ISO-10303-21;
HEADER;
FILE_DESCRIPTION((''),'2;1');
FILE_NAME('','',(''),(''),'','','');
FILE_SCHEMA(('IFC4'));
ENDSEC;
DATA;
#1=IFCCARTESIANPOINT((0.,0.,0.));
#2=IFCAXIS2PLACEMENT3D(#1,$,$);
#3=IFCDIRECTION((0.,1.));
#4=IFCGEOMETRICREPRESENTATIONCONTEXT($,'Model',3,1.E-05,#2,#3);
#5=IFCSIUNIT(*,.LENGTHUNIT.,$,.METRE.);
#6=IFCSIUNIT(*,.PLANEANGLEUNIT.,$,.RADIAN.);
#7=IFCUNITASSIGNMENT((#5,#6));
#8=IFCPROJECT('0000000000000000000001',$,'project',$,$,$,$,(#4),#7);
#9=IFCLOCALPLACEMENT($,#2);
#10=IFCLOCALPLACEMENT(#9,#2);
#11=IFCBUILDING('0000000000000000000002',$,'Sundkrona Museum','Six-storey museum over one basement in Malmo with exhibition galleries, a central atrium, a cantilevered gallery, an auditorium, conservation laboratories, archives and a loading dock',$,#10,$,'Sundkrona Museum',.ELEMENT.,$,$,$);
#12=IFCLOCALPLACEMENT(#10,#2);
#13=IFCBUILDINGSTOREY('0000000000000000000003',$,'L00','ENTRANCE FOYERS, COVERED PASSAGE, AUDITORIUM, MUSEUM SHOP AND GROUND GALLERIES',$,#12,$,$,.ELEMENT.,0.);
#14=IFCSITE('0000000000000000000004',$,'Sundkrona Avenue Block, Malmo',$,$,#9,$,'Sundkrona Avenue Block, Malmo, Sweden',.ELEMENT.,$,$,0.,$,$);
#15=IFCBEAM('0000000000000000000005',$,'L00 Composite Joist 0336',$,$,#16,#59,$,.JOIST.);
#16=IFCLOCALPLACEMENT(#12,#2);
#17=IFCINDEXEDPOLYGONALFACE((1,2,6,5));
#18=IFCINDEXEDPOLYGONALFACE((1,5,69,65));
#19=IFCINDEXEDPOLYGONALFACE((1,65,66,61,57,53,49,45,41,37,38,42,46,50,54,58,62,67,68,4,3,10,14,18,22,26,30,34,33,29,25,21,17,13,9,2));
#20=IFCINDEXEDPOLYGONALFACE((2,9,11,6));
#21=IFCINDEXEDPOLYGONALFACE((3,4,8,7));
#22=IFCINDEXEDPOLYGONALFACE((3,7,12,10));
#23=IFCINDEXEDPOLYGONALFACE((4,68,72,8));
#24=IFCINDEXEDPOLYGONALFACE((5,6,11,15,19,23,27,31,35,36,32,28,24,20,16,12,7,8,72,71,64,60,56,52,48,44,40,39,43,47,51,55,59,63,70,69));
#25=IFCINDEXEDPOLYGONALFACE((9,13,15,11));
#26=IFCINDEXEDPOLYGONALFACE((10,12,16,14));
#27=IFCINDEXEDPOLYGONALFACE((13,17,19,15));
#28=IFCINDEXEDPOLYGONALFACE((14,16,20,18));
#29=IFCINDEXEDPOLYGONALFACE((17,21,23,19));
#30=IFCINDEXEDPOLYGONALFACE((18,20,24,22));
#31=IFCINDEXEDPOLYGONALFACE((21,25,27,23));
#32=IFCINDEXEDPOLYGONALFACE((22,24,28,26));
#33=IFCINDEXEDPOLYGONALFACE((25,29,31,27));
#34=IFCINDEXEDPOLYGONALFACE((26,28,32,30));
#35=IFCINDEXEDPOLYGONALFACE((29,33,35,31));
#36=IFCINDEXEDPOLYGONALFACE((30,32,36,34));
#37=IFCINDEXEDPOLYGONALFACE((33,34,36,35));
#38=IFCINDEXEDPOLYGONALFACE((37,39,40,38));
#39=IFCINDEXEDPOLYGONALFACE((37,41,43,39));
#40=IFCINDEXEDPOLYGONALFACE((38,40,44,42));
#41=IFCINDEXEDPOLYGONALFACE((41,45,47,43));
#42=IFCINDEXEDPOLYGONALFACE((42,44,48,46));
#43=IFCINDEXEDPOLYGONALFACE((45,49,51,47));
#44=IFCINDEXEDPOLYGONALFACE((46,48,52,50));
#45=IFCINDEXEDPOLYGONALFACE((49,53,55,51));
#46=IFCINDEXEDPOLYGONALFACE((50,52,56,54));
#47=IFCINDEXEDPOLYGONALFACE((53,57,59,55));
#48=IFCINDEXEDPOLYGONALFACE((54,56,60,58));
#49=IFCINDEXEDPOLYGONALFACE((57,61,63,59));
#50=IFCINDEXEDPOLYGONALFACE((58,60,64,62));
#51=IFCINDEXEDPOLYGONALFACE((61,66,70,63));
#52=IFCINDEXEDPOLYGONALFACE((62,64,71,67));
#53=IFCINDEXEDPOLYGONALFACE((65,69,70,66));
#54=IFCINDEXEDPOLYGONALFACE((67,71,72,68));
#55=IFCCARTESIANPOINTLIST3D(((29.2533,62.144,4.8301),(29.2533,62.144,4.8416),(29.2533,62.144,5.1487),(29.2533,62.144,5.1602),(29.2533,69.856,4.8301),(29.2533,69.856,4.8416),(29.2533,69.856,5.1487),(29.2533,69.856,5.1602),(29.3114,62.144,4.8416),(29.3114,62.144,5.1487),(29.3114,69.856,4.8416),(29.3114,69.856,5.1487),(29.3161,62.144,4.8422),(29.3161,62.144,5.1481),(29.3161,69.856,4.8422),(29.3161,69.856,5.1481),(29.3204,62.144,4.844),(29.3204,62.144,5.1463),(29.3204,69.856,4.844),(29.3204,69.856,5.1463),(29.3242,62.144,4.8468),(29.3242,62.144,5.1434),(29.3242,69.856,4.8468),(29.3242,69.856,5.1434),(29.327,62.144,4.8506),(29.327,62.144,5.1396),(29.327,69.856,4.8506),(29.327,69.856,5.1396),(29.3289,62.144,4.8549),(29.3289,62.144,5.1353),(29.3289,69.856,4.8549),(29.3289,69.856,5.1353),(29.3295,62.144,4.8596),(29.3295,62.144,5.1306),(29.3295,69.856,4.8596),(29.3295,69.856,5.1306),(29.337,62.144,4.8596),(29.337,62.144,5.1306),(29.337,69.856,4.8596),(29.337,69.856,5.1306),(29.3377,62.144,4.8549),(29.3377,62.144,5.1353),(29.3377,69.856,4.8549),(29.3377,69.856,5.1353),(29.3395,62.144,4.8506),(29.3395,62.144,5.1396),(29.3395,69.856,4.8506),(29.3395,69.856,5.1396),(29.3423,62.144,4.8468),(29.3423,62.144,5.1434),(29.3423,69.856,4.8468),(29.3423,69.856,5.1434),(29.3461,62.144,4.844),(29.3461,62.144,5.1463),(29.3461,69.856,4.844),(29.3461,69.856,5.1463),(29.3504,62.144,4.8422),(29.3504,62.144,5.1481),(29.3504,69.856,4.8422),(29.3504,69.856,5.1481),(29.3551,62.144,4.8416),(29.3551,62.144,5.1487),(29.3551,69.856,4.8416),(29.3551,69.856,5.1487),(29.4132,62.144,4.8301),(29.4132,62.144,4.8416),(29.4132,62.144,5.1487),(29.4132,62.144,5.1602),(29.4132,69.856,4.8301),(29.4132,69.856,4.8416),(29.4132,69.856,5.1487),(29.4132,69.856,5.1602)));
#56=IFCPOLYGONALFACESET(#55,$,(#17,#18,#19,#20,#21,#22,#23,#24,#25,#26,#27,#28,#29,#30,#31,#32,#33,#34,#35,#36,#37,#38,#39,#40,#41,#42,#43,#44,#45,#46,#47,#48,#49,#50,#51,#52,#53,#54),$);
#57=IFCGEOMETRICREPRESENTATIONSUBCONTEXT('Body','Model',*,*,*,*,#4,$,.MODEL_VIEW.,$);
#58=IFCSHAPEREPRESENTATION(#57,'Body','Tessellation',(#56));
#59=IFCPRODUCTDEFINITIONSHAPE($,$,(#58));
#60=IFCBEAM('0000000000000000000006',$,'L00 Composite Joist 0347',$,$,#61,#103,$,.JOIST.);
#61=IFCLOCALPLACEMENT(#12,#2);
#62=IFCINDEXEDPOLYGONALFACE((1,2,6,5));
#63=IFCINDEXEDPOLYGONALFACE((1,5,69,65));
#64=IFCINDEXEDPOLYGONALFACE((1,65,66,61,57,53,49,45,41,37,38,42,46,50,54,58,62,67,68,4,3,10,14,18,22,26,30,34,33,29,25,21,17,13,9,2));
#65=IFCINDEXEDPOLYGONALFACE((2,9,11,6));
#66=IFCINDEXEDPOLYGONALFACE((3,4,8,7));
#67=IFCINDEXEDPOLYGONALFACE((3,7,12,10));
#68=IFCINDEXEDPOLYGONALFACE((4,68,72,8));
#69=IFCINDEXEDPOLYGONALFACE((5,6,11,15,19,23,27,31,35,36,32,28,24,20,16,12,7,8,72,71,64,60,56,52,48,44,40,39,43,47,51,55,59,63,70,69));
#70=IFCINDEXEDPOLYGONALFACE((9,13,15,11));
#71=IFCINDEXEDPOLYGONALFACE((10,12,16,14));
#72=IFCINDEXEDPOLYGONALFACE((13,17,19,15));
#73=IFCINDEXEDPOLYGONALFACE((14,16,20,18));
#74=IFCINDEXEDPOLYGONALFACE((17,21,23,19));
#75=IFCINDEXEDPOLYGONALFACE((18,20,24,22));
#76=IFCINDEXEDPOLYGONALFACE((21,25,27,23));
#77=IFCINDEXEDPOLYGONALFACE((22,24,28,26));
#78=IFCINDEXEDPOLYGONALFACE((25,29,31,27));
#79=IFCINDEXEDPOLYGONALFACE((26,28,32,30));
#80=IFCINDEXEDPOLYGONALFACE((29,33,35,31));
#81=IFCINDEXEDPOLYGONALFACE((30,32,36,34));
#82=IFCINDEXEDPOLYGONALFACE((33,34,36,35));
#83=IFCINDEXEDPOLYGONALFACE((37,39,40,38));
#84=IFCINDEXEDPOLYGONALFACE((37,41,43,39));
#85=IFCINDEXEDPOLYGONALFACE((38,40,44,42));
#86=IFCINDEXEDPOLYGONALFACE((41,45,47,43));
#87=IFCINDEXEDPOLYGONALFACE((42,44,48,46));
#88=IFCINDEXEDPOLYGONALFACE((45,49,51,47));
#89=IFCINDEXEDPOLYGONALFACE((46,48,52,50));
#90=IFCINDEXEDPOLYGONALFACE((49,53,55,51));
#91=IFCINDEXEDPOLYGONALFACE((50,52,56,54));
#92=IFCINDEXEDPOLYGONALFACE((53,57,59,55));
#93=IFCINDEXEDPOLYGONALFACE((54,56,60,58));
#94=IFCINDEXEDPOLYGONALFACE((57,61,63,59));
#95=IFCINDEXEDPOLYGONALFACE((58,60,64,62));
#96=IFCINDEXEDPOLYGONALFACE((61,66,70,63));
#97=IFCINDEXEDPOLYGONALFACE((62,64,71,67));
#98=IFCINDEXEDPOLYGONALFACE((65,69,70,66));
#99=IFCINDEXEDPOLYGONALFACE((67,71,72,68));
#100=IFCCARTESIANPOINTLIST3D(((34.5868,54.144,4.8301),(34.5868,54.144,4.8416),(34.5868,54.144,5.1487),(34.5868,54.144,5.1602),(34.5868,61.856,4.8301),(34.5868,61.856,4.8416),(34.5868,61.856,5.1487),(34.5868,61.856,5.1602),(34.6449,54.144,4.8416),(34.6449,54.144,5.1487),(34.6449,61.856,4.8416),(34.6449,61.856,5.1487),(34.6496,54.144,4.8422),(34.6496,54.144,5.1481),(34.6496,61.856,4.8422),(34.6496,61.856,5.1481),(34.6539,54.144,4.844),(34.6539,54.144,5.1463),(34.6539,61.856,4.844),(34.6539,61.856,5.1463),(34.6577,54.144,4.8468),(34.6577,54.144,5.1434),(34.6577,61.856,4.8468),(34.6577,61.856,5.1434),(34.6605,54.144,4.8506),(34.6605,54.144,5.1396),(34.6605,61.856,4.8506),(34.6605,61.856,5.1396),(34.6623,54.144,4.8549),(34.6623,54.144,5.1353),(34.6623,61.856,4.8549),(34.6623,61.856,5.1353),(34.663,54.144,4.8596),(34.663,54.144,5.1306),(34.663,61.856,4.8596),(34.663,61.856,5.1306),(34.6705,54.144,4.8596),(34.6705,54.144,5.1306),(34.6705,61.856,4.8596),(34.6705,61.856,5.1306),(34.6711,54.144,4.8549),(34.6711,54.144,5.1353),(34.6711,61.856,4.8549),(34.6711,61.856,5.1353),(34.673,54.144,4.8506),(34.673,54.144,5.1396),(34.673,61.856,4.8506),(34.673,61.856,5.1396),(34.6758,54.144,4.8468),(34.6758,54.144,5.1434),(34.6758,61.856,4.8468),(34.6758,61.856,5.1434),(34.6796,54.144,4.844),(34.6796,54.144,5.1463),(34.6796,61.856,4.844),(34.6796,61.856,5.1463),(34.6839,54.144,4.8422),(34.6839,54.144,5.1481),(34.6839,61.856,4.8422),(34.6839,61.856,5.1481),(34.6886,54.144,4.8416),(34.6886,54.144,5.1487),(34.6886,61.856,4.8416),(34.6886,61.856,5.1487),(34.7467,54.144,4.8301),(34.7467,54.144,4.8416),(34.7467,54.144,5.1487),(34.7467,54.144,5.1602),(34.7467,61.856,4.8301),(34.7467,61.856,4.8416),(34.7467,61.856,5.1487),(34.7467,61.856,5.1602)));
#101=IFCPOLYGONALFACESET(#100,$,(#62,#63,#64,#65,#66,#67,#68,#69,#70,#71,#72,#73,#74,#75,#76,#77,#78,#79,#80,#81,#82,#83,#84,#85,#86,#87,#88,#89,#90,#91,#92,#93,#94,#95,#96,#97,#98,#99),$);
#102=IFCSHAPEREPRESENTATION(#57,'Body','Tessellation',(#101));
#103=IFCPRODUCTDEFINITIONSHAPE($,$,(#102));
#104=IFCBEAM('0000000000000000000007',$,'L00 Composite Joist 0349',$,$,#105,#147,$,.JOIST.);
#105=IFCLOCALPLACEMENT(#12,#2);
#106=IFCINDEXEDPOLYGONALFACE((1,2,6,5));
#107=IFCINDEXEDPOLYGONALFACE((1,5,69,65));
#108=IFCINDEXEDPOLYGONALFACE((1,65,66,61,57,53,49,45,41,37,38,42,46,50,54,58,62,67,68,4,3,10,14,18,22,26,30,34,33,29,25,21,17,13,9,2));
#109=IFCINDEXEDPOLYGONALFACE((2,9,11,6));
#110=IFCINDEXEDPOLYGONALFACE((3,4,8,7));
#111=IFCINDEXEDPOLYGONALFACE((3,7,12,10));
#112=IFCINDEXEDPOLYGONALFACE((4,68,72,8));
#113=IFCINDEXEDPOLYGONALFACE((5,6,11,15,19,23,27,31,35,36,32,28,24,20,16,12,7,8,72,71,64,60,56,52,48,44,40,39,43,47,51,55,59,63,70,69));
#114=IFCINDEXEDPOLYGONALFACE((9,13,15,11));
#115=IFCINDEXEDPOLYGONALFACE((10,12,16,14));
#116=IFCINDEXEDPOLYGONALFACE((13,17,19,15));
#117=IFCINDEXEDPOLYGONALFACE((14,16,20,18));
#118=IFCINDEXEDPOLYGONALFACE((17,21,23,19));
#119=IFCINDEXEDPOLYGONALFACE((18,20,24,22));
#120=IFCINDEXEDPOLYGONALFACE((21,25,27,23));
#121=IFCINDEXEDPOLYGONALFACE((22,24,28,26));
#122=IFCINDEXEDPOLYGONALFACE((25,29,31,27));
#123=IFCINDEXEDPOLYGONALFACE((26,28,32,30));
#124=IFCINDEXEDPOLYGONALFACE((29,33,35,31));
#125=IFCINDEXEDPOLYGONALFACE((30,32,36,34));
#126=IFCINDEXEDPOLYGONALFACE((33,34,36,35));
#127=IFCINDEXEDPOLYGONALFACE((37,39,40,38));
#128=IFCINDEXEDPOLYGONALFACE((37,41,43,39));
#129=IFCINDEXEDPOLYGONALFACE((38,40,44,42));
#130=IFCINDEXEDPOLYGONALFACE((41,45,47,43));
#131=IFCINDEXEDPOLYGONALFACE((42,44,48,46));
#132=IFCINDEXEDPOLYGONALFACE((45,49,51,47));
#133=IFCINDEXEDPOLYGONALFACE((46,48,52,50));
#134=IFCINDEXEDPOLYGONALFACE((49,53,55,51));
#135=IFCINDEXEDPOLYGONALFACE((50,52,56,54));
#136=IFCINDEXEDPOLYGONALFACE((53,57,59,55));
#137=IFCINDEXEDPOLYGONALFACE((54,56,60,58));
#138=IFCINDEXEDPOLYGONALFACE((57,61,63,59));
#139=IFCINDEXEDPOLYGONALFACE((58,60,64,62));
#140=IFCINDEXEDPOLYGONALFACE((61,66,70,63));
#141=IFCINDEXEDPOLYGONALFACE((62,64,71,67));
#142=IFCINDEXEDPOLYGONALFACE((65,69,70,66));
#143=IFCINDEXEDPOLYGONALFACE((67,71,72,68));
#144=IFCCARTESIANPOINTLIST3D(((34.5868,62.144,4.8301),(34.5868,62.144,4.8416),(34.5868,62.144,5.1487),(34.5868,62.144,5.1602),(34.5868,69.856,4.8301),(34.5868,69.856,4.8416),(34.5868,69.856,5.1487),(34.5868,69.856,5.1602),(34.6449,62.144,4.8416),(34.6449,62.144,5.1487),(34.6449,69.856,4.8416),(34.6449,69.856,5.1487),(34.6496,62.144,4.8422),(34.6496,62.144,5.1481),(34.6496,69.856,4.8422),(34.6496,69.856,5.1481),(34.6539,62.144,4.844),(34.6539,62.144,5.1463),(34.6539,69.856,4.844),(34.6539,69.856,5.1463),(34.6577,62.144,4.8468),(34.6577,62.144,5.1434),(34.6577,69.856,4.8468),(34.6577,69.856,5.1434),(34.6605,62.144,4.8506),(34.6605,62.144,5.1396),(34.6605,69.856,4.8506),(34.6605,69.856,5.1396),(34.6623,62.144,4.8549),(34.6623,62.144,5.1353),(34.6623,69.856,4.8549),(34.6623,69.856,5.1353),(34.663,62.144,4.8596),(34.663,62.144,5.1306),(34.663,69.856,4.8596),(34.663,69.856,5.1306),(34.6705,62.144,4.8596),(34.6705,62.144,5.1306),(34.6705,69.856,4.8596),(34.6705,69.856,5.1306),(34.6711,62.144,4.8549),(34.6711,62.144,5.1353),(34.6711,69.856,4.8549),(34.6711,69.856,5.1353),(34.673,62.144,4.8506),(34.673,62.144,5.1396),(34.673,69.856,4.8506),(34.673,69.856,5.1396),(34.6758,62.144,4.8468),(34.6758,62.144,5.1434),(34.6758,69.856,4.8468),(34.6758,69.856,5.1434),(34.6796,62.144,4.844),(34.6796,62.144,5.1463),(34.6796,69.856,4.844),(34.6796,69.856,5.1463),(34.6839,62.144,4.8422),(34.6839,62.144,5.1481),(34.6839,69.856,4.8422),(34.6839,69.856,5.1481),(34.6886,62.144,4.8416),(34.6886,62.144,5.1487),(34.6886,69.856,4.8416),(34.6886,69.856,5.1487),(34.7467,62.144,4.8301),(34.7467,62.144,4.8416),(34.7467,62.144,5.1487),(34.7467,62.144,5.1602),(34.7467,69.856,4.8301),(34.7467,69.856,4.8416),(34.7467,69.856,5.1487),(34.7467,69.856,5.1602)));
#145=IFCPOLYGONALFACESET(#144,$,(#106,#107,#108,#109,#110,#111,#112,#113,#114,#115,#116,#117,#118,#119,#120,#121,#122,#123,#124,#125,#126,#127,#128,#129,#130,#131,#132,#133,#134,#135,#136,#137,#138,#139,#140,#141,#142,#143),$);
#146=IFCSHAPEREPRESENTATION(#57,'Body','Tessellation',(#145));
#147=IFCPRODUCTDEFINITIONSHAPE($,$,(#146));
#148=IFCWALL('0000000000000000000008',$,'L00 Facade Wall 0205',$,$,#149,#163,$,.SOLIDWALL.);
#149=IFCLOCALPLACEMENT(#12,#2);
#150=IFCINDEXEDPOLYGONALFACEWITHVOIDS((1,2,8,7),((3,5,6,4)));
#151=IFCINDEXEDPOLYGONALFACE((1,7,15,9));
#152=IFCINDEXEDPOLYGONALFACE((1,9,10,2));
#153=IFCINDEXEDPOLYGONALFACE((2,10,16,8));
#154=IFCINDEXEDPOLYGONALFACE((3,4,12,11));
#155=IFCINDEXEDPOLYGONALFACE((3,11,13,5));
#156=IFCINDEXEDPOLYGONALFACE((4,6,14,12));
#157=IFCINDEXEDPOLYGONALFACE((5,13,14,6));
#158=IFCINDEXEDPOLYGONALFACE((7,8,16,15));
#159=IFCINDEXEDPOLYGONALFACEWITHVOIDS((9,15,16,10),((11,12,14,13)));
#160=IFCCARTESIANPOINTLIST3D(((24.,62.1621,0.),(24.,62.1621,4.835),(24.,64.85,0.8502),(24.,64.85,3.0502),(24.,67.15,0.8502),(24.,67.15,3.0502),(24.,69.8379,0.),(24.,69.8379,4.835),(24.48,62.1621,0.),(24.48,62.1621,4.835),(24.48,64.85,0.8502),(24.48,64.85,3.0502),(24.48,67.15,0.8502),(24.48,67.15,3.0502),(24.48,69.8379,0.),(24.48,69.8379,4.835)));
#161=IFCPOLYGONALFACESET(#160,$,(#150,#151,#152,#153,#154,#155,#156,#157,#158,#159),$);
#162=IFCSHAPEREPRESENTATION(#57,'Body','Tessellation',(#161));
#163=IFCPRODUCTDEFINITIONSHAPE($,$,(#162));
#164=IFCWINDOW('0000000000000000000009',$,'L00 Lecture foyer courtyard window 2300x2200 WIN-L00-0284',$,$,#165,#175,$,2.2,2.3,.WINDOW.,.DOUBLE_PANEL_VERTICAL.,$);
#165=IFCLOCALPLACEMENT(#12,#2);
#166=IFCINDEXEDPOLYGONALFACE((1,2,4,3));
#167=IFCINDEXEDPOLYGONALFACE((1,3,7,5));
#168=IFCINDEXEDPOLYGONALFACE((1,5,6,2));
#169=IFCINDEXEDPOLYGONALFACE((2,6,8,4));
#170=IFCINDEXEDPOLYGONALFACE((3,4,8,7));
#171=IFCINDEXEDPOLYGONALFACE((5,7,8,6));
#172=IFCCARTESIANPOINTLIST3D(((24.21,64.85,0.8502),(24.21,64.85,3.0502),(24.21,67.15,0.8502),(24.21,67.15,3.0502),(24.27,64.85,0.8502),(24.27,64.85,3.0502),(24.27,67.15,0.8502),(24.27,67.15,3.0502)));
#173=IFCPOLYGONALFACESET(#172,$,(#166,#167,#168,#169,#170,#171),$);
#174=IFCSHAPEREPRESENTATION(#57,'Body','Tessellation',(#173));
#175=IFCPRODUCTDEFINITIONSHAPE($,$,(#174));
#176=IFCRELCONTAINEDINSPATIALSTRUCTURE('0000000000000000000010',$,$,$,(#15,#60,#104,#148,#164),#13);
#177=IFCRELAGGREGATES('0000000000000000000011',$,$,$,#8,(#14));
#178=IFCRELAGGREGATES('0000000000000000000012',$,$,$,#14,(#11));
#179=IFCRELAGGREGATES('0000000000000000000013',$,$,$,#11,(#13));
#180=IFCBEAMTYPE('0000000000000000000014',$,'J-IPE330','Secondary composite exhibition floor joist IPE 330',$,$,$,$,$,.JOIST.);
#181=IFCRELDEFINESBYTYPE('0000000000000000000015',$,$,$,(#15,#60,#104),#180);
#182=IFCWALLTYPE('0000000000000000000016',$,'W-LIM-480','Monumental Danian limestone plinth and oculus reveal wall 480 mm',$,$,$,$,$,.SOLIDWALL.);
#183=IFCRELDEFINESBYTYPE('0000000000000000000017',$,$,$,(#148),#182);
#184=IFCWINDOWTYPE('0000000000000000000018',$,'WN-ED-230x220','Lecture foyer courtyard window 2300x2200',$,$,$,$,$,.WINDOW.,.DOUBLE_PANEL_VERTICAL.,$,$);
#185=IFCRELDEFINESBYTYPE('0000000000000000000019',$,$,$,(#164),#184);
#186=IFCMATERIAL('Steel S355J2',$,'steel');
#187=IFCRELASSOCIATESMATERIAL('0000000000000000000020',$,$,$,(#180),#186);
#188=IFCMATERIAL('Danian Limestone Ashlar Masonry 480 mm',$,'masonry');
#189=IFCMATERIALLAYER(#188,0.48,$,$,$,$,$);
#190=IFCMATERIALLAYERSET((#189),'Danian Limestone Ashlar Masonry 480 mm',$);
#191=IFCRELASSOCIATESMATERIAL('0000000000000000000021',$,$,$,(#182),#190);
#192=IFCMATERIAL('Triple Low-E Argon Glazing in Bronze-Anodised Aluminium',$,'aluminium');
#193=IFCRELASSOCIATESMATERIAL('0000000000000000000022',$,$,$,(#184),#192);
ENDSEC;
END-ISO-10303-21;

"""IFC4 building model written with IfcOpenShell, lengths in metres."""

from ifc_helpers import new_model, si_unit, direction, frame, frame_2d, origin, origin_2d, place, context, subcontext, project, spatial, rectangle, i_section, extrude, material, layer, layer_set, material_profile, profile_set, type_object, element, fill, save


model = new_model("IFC4")

# Units and contexts
model_context = context("Model", 3, precision=1e-05, world=origin(), true_north=direction((0.0, 1.0)))
body_context = subcontext(model_context, "Body", "Model", "MODEL_VIEW")
ifc_project = project(units=[si_unit("LENGTHUNIT", "METRE"), si_unit("PLANEANGLEUNIT", "RADIAN")], contexts=[model_context])

# Site, building, storey
site_placement = place(None, origin())
site = spatial("IfcSite", under=ifc_project, at=site_placement, Name="Sundkrona Avenue Block, Malmo", LongName="Sundkrona Avenue Block, Malmo, Sweden", CompositionType="ELEMENT", RefElevation=0.0)
building_placement = place(site_placement, origin())
building = spatial("IfcBuilding", under=site, at=building_placement, Name="Sundkrona Museum", Description="Six-storey museum over one basement in Malmo with exhibition galleries, a central atrium, a cantilevered gallery, an auditorium, conservation laboratories, archives and a loading dock", LongName="Sundkrona Museum", CompositionType="ELEMENT")
storey_placement = place(building_placement, origin())
storey = spatial("IfcBuildingStorey", under=building, at=storey_placement, Name="L00", Description="ENTRANCE FOYERS, COVERED PASSAGE, AUDITORIUM, MUSEUM SHOP AND GROUND GALLERIES", CompositionType="ELEMENT", Elevation=0.0)

# Shared definitions
ifc_material_1 = material(Name="Steel S355J2", Category="steel")

# Beams
ifc_material_profile_1 = material_profile(ifc_material_1, i_section(OverallWidth=0.1599, OverallDepth=0.3301, WebThickness=0.0076, FlangeThickness=0.0115, FilletRadius=0.0181, at=origin_2d()), Name="IPE 330")
ifc_profile_set_1 = profile_set([ifc_material_profile_1], Name="Steel S355J2")
beam_type_1 = type_object("IfcBeamType", Name="J-IPE330", Description="Secondary composite exhibition floor joist IPE 330", PredefinedType="JOIST", material=ifc_profile_set_1)
for number, where, z_axis, x_axis, name in (
    (1, (29.3333, 62.144, 4.9951), (0.0, 1.0, 0.0), (-1.0, 0.0, 0.0), "L00 Composite Joist 0336"),
    (2, (34.6667, 54.144, 4.9951), (0.0, 1.0, 0.0), (-1.0, 0.0, 0.0), "L00 Composite Joist 0347"),
    (3, (34.6667, 62.144, 4.9951), (0.0, 1.0, 0.0), (-1.0, 0.0, 0.0), "L00 Composite Joist 0349"),
):
    element("IfcBeam", number, at=place(storey_placement, frame(where, z_axis=z_axis, x_axis=x_axis)), inside=storey, type_object=beam_type_1, Name=name, PredefinedType="JOIST", context=body_context, shape_type="SweptSolid", body=[
        extrude(i_section(OverallWidth=0.1599, OverallDepth=0.3301, WebThickness=0.0076, FlangeThickness=0.0115, FilletRadius=0.0181, at=origin_2d()), origin(), (0.0, 0.0, 1.0), 7.7119),
    ])

# Wall, opening, window
ifc_material_2 = material(Name="Danian Limestone Ashlar Masonry 480 mm", Category="masonry")
ifc_layer = layer(ifc_material_2, 0.48)
ifc_layer_set = layer_set([ifc_layer], Name="Danian Limestone Ashlar Masonry 480 mm")
wall_type = type_object("IfcWallType", Name="W-LIM-480", Description="Monumental Danian limestone plinth and oculus reveal wall 480 mm", PredefinedType="SOLIDWALL", material=ifc_layer_set)
wall_placement = place(storey_placement, frame((24.24, 62.1621, 0.0), z_axis=(0.0, 0.0, 1.0), x_axis=(0.0, 1.0, 0.0)))
wall = element("IfcWall", 4, at=wall_placement, inside=storey, type_object=wall_type, Name="L00 Facade Wall 0205", PredefinedType="SOLIDWALL", context=body_context, shape_type="SweptSolid", body=[
    extrude(rectangle(XDim=7.6758, YDim=0.48, at=frame_2d((3.8379, 0.0))), origin(), (0.0, 0.0, 1.0), 4.835),
])
opening_placement = place(wall_placement, frame((2.688, 0.0, 0.8501)))
opening = element("IfcOpeningElement", 5, at=opening_placement, cuts=wall, PredefinedType="OPENING", context=body_context, shape_type="SweptSolid", body=[
    extrude(rectangle(XDim=2.3, YDim=2.2, at=frame_2d((1.1499, 1.1001))), frame((0.0, 0.25, 0.0), z_axis=(0.0, -1.0, 0.0), x_axis=(1.0, 0.0, 0.0)), (0.0, 0.0, 1.0), 0.5),
])
ifc_material_3 = material(Name="Triple Low-E Argon Glazing in Bronze-Anodised Aluminium", Category="aluminium")
window_type = type_object("IfcWindowType", Name="WN-ED-230x220", Description="Lecture foyer courtyard window 2300x2200", PartitioningType="DOUBLE_PANEL_VERTICAL", PredefinedType="WINDOW", material=ifc_material_3)
window_placement = place(opening_placement, origin())
window = element("IfcWindow", 6, at=window_placement, inside=storey, type_object=window_type, Name="L00 Lecture foyer courtyard window 2300x2200 WIN-L00-0284", OverallHeight=2.2, OverallWidth=2.3, PartitioningType="DOUBLE_PANEL_VERTICAL", PredefinedType="WINDOW", context=body_context, shape_type="SweptSolid", body=[
    extrude(rectangle(XDim=2.3, YDim=2.2, at=frame_2d((1.1499, 1.1001))), frame((0.0, 0.03, 0.0), z_axis=(0.0, -1.0, 0.0), x_axis=(1.0, 0.0, 0.0)), (0.0, 0.0, 1.0), 0.0601),
])
fill(opening, window)

save(model, "model.ifc")
